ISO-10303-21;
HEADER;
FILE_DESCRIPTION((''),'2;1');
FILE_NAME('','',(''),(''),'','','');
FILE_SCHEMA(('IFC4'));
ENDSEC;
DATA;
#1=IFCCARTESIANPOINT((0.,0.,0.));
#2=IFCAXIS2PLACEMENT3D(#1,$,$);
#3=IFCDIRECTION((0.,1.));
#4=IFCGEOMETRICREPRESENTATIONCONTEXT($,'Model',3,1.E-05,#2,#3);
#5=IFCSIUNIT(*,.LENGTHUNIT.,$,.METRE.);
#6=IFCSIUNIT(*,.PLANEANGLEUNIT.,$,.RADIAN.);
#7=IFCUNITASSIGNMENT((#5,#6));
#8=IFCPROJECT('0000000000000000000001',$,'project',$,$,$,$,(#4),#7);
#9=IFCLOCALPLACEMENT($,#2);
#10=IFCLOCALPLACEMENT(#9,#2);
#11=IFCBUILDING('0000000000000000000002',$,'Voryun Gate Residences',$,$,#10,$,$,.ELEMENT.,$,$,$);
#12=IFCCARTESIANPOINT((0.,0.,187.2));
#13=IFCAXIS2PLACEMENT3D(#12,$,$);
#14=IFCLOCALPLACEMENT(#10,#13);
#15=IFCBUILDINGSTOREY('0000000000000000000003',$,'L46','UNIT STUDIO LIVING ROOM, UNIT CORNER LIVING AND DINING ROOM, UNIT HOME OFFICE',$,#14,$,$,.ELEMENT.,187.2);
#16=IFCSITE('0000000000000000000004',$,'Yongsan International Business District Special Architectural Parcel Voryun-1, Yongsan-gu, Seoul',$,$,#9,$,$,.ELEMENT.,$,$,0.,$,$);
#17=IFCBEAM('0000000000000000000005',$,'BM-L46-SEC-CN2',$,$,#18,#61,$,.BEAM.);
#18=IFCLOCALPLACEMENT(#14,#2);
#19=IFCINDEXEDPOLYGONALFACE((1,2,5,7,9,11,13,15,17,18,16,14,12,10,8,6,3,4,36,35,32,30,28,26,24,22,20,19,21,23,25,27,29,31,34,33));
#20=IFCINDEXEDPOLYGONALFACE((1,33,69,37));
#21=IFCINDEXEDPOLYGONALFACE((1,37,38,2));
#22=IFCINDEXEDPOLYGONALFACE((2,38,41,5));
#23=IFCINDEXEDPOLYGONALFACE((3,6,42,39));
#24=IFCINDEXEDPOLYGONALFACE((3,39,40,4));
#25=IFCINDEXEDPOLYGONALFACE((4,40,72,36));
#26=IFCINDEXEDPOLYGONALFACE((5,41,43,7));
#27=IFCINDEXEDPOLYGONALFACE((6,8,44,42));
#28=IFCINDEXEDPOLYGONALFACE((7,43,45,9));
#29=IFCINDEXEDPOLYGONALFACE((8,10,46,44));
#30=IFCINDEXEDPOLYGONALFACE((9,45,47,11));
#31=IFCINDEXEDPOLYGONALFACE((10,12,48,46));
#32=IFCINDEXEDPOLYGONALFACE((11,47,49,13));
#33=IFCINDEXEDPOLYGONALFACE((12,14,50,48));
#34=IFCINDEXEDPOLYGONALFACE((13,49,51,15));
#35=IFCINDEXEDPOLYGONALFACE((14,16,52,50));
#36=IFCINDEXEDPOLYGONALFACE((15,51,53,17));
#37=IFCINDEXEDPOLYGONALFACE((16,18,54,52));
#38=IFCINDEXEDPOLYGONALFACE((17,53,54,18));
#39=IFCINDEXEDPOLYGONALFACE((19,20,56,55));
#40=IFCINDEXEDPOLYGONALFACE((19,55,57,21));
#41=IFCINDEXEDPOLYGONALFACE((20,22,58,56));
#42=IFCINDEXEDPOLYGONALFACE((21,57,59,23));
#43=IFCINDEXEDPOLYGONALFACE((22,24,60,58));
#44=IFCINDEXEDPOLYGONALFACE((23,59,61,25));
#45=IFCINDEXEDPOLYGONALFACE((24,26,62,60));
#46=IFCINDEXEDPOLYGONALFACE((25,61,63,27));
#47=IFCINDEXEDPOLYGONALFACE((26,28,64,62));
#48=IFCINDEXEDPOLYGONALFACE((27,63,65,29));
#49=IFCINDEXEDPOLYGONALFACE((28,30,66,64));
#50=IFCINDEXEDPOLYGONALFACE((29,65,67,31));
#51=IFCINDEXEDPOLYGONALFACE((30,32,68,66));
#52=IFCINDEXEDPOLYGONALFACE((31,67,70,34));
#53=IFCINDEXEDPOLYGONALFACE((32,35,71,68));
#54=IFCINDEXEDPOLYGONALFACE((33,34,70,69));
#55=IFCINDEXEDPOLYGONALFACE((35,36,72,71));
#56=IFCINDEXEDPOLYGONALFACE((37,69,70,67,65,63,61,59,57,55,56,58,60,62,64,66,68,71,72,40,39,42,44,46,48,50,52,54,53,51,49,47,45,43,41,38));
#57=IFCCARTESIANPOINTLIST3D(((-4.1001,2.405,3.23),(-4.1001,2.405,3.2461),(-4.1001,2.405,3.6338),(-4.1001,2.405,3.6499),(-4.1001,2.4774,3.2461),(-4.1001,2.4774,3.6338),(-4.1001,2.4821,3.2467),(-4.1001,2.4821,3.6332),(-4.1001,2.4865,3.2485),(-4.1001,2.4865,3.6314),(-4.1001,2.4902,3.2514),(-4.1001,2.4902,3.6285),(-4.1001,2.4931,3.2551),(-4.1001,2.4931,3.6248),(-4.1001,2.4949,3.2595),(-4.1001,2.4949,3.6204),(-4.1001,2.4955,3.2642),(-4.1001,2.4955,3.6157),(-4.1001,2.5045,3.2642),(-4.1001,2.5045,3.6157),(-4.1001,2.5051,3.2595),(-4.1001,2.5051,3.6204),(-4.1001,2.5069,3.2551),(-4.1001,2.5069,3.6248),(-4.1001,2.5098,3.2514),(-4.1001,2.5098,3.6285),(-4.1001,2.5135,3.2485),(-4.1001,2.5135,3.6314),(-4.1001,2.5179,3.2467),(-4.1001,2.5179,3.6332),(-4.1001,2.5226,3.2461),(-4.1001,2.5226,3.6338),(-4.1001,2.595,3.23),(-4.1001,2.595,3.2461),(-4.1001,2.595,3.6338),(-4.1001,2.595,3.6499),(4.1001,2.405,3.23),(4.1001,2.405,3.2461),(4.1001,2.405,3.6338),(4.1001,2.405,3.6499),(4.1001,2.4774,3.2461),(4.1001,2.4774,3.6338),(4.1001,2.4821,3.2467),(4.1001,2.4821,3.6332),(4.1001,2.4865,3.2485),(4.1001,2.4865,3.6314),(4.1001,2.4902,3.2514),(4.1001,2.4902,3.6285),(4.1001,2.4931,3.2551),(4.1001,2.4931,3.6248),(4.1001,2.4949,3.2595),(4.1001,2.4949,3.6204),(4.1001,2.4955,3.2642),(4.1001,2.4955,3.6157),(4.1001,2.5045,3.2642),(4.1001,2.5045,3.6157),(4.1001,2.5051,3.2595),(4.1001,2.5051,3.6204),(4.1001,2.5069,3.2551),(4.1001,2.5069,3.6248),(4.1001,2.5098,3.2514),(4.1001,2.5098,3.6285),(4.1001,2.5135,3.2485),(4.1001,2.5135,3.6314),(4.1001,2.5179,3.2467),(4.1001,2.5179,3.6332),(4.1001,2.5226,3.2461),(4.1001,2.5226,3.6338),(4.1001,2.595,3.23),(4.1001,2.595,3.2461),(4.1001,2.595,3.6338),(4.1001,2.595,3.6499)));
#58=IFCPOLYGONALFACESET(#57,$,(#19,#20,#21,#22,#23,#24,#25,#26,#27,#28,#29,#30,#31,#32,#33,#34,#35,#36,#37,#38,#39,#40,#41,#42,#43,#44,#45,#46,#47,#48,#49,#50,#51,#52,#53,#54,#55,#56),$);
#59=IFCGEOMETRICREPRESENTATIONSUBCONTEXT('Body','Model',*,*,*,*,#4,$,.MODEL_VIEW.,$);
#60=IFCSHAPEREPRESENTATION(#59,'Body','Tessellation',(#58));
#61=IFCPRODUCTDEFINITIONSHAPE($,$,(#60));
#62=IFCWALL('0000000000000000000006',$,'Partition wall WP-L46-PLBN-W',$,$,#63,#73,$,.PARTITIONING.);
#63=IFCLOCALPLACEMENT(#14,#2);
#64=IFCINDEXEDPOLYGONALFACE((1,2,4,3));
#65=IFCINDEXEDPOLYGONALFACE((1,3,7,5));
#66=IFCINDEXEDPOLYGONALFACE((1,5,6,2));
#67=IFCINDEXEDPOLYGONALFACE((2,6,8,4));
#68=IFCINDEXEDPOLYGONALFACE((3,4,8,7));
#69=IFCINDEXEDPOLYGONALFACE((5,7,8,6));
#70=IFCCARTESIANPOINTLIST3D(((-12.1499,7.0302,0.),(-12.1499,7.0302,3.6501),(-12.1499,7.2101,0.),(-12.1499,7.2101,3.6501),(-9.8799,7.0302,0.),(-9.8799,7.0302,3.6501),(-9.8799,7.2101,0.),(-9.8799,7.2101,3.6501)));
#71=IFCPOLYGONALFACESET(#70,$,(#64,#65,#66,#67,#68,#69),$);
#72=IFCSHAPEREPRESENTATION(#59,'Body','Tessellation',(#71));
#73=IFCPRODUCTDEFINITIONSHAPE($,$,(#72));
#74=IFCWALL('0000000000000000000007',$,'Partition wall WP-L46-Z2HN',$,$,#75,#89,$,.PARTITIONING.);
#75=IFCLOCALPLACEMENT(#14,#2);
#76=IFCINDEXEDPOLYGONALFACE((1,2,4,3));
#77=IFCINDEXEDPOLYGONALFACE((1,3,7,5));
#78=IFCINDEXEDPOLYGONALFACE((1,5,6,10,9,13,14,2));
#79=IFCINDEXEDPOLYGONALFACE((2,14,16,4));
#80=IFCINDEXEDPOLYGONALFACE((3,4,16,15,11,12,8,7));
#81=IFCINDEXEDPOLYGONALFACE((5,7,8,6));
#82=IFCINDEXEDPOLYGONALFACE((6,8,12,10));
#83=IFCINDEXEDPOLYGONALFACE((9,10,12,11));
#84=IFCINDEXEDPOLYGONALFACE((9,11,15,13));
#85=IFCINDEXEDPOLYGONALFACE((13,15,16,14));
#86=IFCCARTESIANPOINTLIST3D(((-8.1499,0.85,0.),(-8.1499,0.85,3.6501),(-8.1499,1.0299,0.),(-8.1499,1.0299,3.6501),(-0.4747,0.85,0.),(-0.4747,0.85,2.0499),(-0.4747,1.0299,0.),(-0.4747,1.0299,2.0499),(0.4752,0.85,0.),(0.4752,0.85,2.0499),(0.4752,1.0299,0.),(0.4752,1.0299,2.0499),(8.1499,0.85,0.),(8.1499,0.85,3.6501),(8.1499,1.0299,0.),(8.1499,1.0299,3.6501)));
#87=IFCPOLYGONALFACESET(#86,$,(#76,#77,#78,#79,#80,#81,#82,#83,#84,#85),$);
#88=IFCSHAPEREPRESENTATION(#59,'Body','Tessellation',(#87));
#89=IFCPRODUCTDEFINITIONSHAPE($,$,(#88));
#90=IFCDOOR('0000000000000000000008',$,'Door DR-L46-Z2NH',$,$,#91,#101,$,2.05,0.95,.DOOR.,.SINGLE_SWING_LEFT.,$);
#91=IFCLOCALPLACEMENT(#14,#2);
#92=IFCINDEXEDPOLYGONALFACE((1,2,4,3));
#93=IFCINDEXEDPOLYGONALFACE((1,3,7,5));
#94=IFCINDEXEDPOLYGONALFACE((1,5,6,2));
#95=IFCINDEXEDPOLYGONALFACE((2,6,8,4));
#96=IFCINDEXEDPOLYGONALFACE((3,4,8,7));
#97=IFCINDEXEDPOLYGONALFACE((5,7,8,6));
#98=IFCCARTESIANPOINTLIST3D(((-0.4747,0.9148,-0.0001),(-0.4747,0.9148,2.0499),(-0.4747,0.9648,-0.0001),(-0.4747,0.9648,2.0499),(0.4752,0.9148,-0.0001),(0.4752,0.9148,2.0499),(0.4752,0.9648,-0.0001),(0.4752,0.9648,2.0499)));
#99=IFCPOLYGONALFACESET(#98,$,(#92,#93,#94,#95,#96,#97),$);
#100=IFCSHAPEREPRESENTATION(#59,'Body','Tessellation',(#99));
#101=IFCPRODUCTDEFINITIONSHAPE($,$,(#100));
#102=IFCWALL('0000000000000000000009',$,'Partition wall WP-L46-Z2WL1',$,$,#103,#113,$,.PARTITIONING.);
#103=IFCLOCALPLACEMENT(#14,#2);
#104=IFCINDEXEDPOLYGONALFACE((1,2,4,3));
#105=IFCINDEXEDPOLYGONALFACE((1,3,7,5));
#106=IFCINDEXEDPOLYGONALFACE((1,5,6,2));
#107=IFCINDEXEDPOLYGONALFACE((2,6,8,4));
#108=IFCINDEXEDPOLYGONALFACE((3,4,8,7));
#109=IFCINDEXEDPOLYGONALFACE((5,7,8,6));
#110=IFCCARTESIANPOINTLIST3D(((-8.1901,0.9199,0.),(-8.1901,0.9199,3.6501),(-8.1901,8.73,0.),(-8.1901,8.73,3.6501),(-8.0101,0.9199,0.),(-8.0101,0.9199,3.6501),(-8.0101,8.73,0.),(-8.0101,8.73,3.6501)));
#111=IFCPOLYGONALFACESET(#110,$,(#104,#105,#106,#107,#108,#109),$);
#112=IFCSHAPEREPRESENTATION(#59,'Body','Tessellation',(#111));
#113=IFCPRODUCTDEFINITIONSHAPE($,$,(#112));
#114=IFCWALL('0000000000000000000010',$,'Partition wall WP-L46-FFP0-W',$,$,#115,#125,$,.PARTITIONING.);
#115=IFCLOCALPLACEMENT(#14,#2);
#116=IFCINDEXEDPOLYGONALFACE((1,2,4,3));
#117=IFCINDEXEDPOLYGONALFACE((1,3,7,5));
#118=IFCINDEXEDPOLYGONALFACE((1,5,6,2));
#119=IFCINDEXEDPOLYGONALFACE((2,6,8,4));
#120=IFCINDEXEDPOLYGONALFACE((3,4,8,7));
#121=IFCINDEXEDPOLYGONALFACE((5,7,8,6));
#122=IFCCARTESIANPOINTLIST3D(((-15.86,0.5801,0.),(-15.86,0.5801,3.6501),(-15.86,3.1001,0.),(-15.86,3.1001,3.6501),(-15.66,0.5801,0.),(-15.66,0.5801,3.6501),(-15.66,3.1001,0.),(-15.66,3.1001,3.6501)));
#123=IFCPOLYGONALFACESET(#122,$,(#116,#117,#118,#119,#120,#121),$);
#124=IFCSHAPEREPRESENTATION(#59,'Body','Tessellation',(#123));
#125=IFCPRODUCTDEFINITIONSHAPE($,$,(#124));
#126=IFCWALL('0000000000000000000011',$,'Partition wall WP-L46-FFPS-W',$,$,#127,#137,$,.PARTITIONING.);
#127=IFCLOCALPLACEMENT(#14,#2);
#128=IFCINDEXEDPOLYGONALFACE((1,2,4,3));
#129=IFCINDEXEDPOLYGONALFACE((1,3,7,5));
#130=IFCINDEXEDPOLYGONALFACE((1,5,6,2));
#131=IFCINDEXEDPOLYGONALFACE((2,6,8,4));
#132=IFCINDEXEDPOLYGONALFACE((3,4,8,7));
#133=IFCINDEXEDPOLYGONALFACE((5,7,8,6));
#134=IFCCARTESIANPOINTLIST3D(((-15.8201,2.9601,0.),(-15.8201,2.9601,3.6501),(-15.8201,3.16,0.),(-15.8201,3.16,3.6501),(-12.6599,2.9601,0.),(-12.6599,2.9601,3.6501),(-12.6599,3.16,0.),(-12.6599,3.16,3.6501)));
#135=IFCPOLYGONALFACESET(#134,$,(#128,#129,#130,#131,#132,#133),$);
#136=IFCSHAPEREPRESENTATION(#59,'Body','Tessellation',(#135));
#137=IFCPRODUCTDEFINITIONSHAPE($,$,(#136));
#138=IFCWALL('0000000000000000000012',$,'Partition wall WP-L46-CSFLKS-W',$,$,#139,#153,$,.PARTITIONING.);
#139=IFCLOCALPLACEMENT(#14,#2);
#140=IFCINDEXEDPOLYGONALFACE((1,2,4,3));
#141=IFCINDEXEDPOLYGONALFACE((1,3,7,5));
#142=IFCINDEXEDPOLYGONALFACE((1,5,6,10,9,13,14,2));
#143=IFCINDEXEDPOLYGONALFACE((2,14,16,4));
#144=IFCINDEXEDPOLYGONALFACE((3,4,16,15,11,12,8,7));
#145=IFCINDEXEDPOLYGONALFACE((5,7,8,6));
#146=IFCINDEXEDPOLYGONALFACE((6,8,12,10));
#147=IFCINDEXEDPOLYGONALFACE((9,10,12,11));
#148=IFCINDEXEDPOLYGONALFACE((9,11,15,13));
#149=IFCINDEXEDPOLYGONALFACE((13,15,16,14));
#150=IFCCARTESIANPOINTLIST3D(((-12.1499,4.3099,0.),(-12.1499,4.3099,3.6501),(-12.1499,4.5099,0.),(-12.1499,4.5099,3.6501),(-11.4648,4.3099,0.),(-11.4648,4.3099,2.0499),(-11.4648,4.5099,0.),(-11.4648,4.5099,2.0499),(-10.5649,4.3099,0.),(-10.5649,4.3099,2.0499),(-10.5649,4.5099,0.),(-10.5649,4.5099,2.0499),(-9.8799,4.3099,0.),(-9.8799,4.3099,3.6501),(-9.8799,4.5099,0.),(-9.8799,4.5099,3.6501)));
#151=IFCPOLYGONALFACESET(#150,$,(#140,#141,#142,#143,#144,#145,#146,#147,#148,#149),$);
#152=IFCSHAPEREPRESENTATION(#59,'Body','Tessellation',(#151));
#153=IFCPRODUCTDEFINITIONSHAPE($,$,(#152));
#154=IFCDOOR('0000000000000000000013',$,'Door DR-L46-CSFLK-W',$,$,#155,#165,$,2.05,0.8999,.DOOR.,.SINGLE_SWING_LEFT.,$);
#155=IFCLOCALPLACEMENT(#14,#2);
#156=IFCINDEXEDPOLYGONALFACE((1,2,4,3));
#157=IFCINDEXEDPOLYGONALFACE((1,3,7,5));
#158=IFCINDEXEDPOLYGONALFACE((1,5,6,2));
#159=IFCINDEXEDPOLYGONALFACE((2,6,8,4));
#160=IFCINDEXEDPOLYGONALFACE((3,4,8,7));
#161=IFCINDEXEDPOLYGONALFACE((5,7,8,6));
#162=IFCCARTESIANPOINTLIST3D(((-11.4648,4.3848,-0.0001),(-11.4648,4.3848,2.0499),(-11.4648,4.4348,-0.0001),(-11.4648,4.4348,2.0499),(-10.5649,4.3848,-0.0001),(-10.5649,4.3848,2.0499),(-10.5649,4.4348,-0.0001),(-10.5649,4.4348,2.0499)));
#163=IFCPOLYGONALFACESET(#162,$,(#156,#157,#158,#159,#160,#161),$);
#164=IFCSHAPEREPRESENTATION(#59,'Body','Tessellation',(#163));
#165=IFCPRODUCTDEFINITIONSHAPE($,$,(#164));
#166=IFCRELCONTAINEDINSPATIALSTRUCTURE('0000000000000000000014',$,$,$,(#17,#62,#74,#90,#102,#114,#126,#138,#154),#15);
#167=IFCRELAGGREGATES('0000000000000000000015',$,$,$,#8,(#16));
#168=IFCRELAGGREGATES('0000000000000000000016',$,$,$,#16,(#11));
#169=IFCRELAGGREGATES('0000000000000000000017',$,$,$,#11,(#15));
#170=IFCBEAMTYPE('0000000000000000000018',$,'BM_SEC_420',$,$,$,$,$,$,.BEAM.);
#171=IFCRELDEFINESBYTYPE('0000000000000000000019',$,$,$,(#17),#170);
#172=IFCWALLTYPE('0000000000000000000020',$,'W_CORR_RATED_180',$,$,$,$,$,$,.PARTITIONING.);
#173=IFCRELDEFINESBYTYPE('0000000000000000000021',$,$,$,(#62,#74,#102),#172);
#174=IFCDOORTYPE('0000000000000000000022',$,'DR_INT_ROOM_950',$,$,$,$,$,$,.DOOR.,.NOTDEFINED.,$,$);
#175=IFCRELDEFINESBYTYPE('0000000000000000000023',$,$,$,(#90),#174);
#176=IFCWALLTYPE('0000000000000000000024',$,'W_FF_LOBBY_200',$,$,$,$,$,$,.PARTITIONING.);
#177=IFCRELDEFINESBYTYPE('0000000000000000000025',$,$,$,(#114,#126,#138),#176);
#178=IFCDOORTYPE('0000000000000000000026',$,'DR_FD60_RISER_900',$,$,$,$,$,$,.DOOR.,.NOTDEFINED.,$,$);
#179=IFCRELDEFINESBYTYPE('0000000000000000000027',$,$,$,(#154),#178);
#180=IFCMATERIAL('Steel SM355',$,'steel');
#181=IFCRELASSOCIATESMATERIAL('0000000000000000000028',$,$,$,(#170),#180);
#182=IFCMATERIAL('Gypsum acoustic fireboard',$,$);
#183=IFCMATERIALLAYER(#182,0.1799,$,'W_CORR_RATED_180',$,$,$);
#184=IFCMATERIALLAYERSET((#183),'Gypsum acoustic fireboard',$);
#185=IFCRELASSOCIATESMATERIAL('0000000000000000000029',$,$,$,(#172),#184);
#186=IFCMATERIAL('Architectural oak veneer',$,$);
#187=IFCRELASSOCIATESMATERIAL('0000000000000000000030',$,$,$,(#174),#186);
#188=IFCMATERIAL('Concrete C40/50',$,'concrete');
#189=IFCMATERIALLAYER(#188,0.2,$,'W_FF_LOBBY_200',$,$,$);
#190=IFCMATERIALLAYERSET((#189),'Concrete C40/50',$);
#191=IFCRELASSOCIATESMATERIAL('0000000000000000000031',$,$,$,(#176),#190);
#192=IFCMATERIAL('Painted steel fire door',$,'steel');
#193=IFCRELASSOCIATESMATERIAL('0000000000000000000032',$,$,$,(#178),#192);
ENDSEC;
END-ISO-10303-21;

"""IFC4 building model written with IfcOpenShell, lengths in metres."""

from ifc_helpers import new_model, si_unit, direction, frame, frame_2d, origin, origin_2d, place, context, subcontext, project, spatial, rectangle, i_section, extrude, material, layer, layer_set, material_profile, profile_set, type_object, element, fill, save


model = new_model("IFC4")

# Units and contexts
model_context = context("Model", 3, precision=1e-05, world=origin(), true_north=direction((0.0, 1.0)))
body_context = subcontext(model_context, "Body", "Model", "MODEL_VIEW")
ifc_project = project(units=[si_unit("LENGTHUNIT", "METRE"), si_unit("PLANEANGLEUNIT", "RADIAN")], contexts=[model_context])

# Site, building, storey
site_placement = place(None, origin())
site = spatial("IfcSite", under=ifc_project, at=site_placement, Name="Yongsan International Business District Special Architectural Parcel Voryun-1, Yongsan-gu, Seoul", CompositionType="ELEMENT", RefElevation=0.0)
building_placement = place(site_placement, origin())
building = spatial("IfcBuilding", under=site, at=building_placement, Name="Voryun Gate Residences", CompositionType="ELEMENT")
storey_placement = place(building_placement, frame((0.0, 0.0, 187.2)))
storey = spatial("IfcBuildingStorey", under=building, at=storey_placement, Name="L46", Description="UNIT STUDIO LIVING ROOM, UNIT CORNER LIVING AND DINING ROOM, UNIT HOME OFFICE", CompositionType="ELEMENT", Elevation=187.2)

# Beam
ifc_material_1 = material(Name="Steel SM355", Category="steel")
ifc_material_profile_1 = material_profile(ifc_material_1, i_section(OverallWidth=0.1899, OverallDepth=0.4199, WebThickness=0.009, FlangeThickness=0.0161, FilletRadius=0.0181, at=origin_2d()), Name="H-420x190x9x16")
ifc_profile_set_1 = profile_set([ifc_material_profile_1], Name="Steel SM355")
beam_type = type_object("IfcBeamType", Name="BM_SEC_420", PredefinedType="BEAM", material=ifc_profile_set_1)
beam_1_placement = place(storey_placement, frame((-4.1001, 2.5, 3.4399), z_axis=(1.0, 0.0, 0.0), x_axis=(0.0, 1.0, 0.0)))
element("IfcBeam", 1, at=beam_1_placement, inside=storey, type_object=beam_type, Name="BM-L46-SEC-CN2", PredefinedType="BEAM", context=body_context, shape_type="SweptSolid", body=[
    extrude(i_section(OverallWidth=0.1899, OverallDepth=0.4199, WebThickness=0.009, FlangeThickness=0.0161, FilletRadius=0.0181, at=origin_2d()), origin(), (0.0, 0.0, 1.0), 8.2002),
])

# Wall
ifc_material_2 = material(Name="Gypsum acoustic fireboard")
ifc_layer_1 = layer(ifc_material_2, 0.1799, Name="W_CORR_RATED_180")
ifc_layer_set_1 = layer_set([ifc_layer_1], Name="Gypsum acoustic fireboard")
wall_type_1 = type_object("IfcWallType", Name="W_CORR_RATED_180", PredefinedType="PARTITIONING", material=ifc_layer_set_1)
wall_1_placement = place(storey_placement, frame((-12.1499, 7.1201, 0.0), z_axis=(0.0, 0.0, 1.0), x_axis=(1.0, 0.0, 0.0)))
element("IfcWall", 2, at=wall_1_placement, inside=storey, type_object=wall_type_1, Name="Partition wall WP-L46-PLBN-W", PredefinedType="PARTITIONING", context=body_context, shape_type="SweptSolid", body=[
    extrude(rectangle(XDim=2.27, YDim=0.1799, at=frame_2d((1.135, 0.0))), origin(), (0.0, 0.0, 1.0), 3.6501),
])

# Wall, opening, door
wall_2_placement = place(storey_placement, frame((-8.1499, 0.9399, 0.0), z_axis=(0.0, 0.0, 1.0), x_axis=(1.0, 0.0, 0.0)))
wall_2 = element("IfcWall", 3, at=wall_2_placement, inside=storey, type_object=wall_type_1, Name="Partition wall WP-L46-Z2HN", PredefinedType="PARTITIONING", context=body_context, shape_type="SweptSolid", body=[
    extrude(rectangle(XDim=16.2998, YDim=0.1799, at=frame_2d((8.1499, 0.0))), origin(), (0.0, 0.0, 1.0), 3.6501),
])
opening_1_placement = place(wall_2_placement, frame((7.675, 0.0, 0.0)))
opening_1 = element("IfcOpeningElement", 4, at=opening_1_placement, cuts=wall_2, PredefinedType="OPENING", context=body_context, shape_type="SweptSolid", body=[
    extrude(rectangle(XDim=0.95, YDim=2.05, at=frame_2d((0.4751, 1.0249))), frame((0.0, 0.0999, 0.0), z_axis=(0.0, -1.0, 0.0), x_axis=(1.0, 0.0, 0.0)), (0.0, 0.0, 1.0), 0.2),
])
ifc_material_3 = material(Name="Architectural oak veneer")
door_type_1 = type_object("IfcDoorType", Name="DR_INT_ROOM_950", OperationType="NOTDEFINED", PredefinedType="DOOR", material=ifc_material_3)
door_1_placement = place(opening_1_placement, origin())
door_1 = element("IfcDoor", 5, at=door_1_placement, inside=storey, type_object=door_type_1, Name="Door DR-L46-Z2NH", OperationType="SINGLE_SWING_LEFT", OverallHeight=2.05, OverallWidth=0.95, PredefinedType="DOOR", context=body_context, shape_type="SweptSolid", body=[
    extrude(rectangle(XDim=0.95, YDim=2.05, at=frame_2d((0.4751, 1.0249))), frame((0.0, 0.0249, 0.0), z_axis=(0.0, -1.0, 0.0), x_axis=(1.0, 0.0, 0.0)), (0.0, 0.0, 1.0), 0.05),
])
fill(opening_1, door_1)

# Walls
wall_3_placement = place(storey_placement, frame((-8.1001, 0.9199, 0.0), z_axis=(0.0, 0.0, 1.0), x_axis=(0.0, 1.0, 0.0)))
element("IfcWall", 6, at=wall_3_placement, inside=storey, type_object=wall_type_1, Name="Partition wall WP-L46-Z2WL1", PredefinedType="PARTITIONING", context=body_context, shape_type="SweptSolid", body=[
    extrude(rectangle(XDim=7.8101, YDim=0.1799, at=frame_2d((3.905, 0.0))), origin(), (0.0, 0.0, 1.0), 3.6501),
])
ifc_material_4 = material(Name="Concrete C40/50", Category="concrete")
ifc_layer_2 = layer(ifc_material_4, 0.2, Name="W_FF_LOBBY_200")
ifc_layer_set_2 = layer_set([ifc_layer_2], Name="Concrete C40/50")
wall_type_2 = type_object("IfcWallType", Name="W_FF_LOBBY_200", PredefinedType="PARTITIONING", material=ifc_layer_set_2)
wall_4_placement = place(storey_placement, frame((-15.76, 0.5801, 0.0), z_axis=(0.0, 0.0, 1.0), x_axis=(0.0, 1.0, 0.0)))
element("IfcWall", 7, at=wall_4_placement, inside=storey, type_object=wall_type_2, Name="Partition wall WP-L46-FFP0-W", PredefinedType="PARTITIONING", context=body_context, shape_type="SweptSolid", body=[
    extrude(rectangle(XDim=2.52, YDim=0.2, at=frame_2d((1.26, 0.0))), origin(), (0.0, 0.0, 1.0), 3.6501),
])
wall_5_placement = place(storey_placement, frame((-15.8201, 3.0601, 0.0), z_axis=(0.0, 0.0, 1.0), x_axis=(1.0, 0.0, 0.0)))
element("IfcWall", 8, at=wall_5_placement, inside=storey, type_object=wall_type_2, Name="Partition wall WP-L46-FFPS-W", PredefinedType="PARTITIONING", context=body_context, shape_type="SweptSolid", body=[
    extrude(rectangle(XDim=3.1602, YDim=0.2, at=frame_2d((1.5801, 0.0))), origin(), (0.0, 0.0, 1.0), 3.6501),
])

# Wall, opening, door
wall_6_placement = place(storey_placement, frame((-12.1499, 4.4099, 0.0), z_axis=(0.0, 0.0, 1.0), x_axis=(1.0, 0.0, 0.0)))
wall_6 = element("IfcWall", 9, at=wall_6_placement, inside=storey, type_object=wall_type_2, Name="Partition wall WP-L46-CSFLKS-W", PredefinedType="PARTITIONING", context=body_context, shape_type="SweptSolid", body=[
    extrude(rectangle(XDim=2.27, YDim=0.2, at=frame_2d((1.135, 0.0))), origin(), (0.0, 0.0, 1.0), 3.6501),
])
opening_2_placement = place(wall_6_placement, frame((0.6851, 0.0, 0.0)))
opening_2 = element("IfcOpeningElement", 10, at=opening_2_placement, cuts=wall_6, PredefinedType="OPENING", context=body_context, shape_type="SweptSolid", body=[
    extrude(rectangle(XDim=0.8999, YDim=2.05, at=frame_2d((0.45, 1.0249))), frame((0.0, 0.1101, 0.0), z_axis=(0.0, -1.0, 0.0), x_axis=(1.0, 0.0, 0.0)), (0.0, 0.0, 1.0), 0.22),
])
ifc_material_5 = material(Name="Painted steel fire door", Category="steel")
door_type_2 = type_object("IfcDoorType", Name="DR_FD60_RISER_900", OperationType="NOTDEFINED", PredefinedType="DOOR", material=ifc_material_5)
door_2_placement = place(opening_2_placement, origin())
door_2 = element("IfcDoor", 11, at=door_2_placement, inside=storey, type_object=door_type_2, Name="Door DR-L46-CSFLK-W", OperationType="SINGLE_SWING_LEFT", OverallHeight=2.05, OverallWidth=0.8999, PredefinedType="DOOR", context=body_context, shape_type="SweptSolid", body=[
    extrude(rectangle(XDim=0.8999, YDim=2.05, at=frame_2d((0.45, 1.0249))), frame((0.0, 0.0249, 0.0), z_axis=(0.0, -1.0, 0.0), x_axis=(1.0, 0.0, 0.0)), (0.0, 0.0, 1.0), 0.05),
])
fill(opening_2, door_2)

save(model, "model.ifc")
